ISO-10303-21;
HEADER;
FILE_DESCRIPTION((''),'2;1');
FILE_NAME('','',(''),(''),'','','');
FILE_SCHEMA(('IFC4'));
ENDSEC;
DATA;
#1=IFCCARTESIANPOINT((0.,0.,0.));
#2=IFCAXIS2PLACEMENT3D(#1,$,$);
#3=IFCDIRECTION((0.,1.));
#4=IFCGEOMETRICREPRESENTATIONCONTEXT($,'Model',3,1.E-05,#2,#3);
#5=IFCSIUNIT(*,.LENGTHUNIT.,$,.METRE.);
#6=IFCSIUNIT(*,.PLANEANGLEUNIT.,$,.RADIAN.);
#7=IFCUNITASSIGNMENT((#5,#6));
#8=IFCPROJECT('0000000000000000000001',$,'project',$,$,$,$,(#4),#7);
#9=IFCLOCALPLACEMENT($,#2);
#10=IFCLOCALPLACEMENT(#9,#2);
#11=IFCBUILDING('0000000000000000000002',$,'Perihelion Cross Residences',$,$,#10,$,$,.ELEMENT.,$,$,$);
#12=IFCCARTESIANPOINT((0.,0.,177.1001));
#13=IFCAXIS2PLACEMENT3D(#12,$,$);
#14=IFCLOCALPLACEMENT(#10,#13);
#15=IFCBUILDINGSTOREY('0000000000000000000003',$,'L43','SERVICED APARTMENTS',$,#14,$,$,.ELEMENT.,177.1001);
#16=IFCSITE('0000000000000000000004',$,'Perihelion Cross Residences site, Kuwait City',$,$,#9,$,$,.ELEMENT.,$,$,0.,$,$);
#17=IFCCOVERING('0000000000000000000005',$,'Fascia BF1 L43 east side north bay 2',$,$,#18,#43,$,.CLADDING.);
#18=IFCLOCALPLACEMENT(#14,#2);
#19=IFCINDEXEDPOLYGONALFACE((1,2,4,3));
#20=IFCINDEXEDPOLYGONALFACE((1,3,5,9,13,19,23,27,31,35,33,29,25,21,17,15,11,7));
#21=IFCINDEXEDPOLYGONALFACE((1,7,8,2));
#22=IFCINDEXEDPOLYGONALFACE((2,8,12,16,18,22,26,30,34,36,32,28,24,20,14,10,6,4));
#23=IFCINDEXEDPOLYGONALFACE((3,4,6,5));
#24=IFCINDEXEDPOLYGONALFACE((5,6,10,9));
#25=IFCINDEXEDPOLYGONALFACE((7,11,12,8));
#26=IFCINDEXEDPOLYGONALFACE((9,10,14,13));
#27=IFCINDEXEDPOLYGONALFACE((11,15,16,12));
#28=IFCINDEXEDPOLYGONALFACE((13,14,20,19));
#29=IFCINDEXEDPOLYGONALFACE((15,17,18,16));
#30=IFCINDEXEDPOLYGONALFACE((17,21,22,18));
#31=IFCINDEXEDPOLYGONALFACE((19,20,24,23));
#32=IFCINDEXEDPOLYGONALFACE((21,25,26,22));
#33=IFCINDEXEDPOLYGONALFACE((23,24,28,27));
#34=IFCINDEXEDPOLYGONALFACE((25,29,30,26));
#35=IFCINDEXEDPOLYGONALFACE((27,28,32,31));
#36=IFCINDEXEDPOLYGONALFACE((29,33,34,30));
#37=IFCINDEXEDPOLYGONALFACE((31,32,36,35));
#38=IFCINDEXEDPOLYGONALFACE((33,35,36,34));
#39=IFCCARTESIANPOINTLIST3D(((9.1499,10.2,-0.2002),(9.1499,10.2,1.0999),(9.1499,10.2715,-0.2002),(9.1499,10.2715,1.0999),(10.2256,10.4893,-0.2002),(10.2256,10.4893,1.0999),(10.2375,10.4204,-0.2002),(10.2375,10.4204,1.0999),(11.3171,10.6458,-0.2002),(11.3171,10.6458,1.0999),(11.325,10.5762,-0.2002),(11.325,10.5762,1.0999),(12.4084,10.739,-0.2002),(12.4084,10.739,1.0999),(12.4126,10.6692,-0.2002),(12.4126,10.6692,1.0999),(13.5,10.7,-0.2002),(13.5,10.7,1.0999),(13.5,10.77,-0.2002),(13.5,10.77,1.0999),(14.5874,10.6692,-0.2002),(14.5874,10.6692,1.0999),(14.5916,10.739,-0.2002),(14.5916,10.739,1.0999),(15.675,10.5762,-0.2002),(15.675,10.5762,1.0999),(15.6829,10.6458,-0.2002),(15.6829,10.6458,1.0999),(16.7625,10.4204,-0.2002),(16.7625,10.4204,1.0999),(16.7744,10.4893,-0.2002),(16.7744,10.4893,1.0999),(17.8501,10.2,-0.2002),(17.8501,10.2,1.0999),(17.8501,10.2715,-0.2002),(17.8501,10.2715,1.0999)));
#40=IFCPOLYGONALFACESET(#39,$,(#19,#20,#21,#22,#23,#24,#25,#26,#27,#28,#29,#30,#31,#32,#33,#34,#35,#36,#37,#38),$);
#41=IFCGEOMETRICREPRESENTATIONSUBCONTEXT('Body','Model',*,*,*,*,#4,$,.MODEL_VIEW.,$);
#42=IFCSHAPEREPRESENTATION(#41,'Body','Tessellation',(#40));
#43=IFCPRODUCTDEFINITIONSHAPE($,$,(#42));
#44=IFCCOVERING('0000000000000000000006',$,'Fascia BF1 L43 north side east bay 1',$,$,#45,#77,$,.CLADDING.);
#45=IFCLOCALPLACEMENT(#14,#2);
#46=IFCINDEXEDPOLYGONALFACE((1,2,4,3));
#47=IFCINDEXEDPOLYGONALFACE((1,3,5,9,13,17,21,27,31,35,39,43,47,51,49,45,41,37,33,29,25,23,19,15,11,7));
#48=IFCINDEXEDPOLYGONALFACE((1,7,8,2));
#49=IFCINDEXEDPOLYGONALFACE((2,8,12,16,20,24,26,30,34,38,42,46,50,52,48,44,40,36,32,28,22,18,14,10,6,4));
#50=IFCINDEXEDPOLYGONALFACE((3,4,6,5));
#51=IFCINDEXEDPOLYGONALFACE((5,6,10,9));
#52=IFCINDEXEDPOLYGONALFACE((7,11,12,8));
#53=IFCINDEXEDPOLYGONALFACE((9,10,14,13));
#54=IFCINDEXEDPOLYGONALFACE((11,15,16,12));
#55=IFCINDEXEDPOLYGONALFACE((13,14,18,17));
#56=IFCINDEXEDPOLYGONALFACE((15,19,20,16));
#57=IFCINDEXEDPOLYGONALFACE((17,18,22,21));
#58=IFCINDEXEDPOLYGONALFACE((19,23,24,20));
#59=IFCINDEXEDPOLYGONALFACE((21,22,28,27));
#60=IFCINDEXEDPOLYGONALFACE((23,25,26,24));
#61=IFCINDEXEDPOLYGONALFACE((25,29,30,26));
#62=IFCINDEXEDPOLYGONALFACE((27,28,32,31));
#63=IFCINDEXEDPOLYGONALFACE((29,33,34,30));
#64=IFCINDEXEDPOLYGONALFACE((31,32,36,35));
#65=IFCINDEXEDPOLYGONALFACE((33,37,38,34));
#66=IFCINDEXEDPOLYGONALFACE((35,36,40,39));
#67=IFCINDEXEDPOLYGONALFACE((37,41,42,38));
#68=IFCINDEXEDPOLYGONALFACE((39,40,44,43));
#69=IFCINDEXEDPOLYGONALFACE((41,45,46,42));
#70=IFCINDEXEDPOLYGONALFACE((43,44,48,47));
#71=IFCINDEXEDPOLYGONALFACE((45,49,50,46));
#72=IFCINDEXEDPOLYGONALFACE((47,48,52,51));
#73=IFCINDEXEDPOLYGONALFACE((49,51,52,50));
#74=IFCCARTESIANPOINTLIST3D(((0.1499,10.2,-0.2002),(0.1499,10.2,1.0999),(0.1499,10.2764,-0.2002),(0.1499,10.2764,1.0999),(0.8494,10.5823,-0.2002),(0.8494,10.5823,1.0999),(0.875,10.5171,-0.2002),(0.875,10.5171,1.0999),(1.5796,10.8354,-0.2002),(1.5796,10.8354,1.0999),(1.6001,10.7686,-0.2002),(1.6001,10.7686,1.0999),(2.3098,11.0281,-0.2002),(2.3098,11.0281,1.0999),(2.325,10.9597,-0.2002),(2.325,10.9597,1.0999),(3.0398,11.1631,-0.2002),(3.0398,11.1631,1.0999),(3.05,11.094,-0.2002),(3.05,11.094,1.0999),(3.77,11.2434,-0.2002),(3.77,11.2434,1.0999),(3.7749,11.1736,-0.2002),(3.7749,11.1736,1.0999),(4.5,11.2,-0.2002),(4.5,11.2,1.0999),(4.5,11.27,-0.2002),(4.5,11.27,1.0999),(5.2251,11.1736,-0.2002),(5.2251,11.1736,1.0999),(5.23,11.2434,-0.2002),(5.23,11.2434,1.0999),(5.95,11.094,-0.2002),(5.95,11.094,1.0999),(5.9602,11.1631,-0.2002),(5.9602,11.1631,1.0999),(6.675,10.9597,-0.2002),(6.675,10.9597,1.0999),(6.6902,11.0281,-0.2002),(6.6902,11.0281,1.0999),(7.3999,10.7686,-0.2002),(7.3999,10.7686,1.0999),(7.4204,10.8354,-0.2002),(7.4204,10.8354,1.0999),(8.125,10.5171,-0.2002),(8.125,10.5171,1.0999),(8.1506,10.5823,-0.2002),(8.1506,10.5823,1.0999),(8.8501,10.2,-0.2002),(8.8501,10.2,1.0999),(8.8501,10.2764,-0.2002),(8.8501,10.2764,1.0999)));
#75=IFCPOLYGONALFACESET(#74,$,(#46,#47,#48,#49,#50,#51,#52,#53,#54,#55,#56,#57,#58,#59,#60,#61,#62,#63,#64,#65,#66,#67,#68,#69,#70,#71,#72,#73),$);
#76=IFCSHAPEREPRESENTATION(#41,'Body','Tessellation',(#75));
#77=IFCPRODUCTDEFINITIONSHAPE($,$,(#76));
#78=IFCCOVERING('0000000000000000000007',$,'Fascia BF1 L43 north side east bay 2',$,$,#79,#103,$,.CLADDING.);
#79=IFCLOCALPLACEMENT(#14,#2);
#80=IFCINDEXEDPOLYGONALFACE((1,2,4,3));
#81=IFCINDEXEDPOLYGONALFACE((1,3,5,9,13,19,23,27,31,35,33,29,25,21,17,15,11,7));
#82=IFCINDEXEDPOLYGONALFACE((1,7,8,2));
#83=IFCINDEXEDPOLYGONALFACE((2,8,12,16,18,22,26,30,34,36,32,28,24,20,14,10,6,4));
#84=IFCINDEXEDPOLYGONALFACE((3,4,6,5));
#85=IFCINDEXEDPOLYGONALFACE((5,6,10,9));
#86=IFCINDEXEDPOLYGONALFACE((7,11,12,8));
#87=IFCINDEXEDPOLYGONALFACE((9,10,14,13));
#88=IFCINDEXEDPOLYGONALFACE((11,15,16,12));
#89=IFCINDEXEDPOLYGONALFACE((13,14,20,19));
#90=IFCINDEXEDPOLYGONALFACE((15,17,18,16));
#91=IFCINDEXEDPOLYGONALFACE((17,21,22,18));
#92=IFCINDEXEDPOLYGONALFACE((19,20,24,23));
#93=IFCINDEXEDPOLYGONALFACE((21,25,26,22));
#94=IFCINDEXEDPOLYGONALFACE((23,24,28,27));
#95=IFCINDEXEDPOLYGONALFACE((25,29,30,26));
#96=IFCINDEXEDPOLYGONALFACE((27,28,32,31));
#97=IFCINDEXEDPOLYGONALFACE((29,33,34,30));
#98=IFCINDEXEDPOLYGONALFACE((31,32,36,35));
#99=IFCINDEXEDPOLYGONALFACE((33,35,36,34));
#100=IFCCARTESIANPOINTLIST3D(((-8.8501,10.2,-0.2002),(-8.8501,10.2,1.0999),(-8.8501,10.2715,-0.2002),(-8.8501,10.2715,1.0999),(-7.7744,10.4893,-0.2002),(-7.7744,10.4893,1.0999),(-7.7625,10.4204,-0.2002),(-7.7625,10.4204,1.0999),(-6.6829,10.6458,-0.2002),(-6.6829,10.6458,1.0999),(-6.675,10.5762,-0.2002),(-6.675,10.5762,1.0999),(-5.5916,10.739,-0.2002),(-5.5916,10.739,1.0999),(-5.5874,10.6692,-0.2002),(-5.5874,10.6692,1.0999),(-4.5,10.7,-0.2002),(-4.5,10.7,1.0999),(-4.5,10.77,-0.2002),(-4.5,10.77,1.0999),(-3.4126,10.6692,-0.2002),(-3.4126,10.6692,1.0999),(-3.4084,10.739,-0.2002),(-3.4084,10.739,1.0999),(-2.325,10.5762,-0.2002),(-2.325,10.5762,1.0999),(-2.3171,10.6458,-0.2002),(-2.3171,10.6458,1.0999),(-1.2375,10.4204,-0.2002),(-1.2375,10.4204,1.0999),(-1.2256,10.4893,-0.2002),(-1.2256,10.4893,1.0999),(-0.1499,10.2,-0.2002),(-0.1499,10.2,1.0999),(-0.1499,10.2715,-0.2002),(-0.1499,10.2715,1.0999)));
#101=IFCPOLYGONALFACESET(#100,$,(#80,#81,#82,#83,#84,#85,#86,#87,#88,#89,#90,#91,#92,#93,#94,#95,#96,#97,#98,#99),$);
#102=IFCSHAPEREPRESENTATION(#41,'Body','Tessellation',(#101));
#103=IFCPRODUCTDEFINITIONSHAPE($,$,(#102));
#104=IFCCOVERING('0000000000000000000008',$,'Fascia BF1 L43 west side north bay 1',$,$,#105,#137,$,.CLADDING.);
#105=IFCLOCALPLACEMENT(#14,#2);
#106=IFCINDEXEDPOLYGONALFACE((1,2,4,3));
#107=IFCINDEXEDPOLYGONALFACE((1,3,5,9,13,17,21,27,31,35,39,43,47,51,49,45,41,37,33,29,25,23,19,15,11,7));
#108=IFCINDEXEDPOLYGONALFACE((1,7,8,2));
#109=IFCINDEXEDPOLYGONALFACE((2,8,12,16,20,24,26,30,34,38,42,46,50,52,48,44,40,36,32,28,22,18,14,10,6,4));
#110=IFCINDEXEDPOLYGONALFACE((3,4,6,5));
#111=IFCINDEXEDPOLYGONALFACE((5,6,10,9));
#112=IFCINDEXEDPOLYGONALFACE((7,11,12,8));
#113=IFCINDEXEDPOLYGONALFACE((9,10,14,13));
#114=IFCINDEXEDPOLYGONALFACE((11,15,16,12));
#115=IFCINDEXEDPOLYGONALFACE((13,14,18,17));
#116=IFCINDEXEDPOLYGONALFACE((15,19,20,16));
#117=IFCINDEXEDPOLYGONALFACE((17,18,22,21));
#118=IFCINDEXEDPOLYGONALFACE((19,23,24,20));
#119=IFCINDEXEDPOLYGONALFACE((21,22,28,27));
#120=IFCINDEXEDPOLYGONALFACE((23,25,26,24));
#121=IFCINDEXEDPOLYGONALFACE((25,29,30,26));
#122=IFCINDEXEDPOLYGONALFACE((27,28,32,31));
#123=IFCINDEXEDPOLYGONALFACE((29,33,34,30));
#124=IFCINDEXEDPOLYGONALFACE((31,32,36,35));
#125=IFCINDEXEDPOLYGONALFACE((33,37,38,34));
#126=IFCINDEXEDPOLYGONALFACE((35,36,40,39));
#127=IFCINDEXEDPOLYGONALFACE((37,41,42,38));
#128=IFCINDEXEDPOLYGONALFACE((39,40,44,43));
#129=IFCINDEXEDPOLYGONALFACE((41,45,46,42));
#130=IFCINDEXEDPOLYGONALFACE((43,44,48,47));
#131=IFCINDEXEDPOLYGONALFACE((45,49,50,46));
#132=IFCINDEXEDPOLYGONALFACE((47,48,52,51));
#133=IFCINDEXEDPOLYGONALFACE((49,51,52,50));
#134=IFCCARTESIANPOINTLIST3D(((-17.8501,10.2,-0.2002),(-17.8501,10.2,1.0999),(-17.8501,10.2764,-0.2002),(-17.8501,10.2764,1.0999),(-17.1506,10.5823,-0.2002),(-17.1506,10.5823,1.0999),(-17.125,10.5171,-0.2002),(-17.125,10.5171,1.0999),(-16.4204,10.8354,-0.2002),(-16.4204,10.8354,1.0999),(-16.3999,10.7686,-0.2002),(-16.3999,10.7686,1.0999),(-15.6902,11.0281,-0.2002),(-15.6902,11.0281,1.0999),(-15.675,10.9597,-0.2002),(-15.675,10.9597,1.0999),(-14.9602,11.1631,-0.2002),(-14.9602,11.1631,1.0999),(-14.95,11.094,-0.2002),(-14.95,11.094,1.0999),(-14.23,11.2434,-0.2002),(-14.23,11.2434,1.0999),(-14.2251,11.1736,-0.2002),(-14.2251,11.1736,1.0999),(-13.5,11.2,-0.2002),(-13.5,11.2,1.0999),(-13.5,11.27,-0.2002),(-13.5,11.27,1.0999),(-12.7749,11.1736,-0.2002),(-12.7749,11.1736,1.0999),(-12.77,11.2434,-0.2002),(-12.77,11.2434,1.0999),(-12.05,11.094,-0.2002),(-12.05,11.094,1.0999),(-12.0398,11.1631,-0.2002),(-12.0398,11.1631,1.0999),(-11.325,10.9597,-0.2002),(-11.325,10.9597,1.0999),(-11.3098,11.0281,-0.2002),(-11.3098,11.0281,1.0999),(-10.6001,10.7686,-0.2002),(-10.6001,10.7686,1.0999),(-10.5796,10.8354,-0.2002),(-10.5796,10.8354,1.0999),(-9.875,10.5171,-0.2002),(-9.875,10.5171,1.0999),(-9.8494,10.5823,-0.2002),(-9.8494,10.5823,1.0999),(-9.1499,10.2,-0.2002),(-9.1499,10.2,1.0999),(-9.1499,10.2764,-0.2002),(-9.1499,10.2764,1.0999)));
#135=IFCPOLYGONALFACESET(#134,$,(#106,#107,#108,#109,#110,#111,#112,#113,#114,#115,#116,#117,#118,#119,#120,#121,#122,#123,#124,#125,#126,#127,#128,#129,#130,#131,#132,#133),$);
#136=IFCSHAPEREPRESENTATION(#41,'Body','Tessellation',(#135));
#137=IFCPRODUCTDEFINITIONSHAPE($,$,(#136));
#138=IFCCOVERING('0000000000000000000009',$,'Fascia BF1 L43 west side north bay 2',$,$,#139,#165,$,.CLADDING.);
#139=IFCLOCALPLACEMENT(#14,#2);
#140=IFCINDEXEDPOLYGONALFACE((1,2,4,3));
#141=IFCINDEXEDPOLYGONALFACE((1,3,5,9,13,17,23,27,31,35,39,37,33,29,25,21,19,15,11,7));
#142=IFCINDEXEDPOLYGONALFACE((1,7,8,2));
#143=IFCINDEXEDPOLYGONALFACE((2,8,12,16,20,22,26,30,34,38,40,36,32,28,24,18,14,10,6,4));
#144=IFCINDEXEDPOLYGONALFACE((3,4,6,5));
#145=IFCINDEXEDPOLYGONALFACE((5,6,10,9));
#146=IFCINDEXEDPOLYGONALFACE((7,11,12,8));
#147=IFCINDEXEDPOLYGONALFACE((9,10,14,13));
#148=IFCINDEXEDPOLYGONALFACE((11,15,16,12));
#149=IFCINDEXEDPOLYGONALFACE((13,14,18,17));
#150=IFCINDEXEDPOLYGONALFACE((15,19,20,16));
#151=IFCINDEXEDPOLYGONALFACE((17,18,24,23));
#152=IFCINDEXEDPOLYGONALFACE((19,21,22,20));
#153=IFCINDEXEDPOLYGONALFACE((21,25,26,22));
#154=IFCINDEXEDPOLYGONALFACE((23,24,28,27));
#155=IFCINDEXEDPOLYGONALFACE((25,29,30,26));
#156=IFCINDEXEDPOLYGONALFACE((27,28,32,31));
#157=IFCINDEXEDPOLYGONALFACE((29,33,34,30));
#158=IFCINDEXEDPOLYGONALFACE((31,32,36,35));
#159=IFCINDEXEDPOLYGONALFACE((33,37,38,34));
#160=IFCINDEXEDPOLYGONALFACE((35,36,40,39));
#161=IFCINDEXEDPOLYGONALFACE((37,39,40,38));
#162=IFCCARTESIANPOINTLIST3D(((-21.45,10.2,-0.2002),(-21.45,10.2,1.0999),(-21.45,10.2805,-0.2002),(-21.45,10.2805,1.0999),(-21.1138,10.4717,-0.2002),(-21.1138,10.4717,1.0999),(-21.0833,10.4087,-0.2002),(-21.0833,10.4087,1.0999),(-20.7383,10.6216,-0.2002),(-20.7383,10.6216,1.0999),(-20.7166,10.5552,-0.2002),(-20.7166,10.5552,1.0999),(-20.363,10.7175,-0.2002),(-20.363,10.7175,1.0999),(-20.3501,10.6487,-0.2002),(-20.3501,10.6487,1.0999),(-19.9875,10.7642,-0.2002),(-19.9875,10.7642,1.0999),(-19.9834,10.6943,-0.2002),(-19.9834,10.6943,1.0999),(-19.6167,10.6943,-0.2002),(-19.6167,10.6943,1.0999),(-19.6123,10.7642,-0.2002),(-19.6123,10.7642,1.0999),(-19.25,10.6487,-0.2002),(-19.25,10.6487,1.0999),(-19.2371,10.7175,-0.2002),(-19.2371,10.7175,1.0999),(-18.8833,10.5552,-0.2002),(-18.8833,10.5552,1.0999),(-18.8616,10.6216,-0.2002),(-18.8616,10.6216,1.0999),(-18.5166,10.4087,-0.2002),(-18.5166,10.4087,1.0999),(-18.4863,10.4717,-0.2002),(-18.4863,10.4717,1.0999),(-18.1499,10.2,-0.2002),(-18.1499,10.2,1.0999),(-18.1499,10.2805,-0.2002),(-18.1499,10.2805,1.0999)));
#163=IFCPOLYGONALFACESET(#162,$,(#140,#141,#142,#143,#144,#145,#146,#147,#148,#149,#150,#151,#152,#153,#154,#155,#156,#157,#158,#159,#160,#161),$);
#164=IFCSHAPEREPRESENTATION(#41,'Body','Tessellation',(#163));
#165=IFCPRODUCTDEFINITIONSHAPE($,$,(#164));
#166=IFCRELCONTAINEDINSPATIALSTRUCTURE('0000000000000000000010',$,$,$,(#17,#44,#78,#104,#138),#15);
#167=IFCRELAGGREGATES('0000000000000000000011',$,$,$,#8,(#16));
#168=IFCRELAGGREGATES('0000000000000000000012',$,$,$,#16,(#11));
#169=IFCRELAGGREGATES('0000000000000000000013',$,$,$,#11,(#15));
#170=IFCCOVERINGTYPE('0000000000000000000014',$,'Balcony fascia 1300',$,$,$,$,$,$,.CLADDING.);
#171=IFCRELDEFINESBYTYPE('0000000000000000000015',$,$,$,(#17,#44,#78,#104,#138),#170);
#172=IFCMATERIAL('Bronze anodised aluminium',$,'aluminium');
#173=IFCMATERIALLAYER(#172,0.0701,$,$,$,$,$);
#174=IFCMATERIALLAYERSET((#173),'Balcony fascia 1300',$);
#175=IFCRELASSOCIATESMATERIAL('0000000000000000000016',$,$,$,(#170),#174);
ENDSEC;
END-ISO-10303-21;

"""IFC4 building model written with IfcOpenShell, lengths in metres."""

from ifc_helpers import new_model, si_unit, direction, frame, origin, place, context, subcontext, project, spatial, polyline, outline, extrude, material, layer, layer_set, type_object, element, save


model = new_model("IFC4")

# Units and contexts
model_context = context("Model", 3, precision=1e-05, world=origin(), true_north=direction((0.0, 1.0)))
body_context = subcontext(model_context, "Body", "Model", "MODEL_VIEW")
ifc_project = project(units=[si_unit("LENGTHUNIT", "METRE"), si_unit("PLANEANGLEUNIT", "RADIAN")], contexts=[model_context])

# Site, building, storey
site_placement = place(None, origin())
site = spatial("IfcSite", under=ifc_project, at=site_placement, Name="Perihelion Cross Residences site, Kuwait City", CompositionType="ELEMENT", RefElevation=0.0)
building_placement = place(site_placement, origin())
building = spatial("IfcBuilding", under=site, at=building_placement, Name="Perihelion Cross Residences", CompositionType="ELEMENT")
storey_placement = place(building_placement, frame((0.0, 0.0, 177.1001)))
storey = spatial("IfcBuildingStorey", under=building, at=storey_placement, Name="L43", Description="SERVICED APARTMENTS", CompositionType="ELEMENT", Elevation=177.1001)

# Coverings
ifc_material_1 = material(Name="Bronze anodised aluminium", Category="aluminium")
ifc_layer_1 = layer(ifc_material_1, 0.0701)
ifc_layer_set_1 = layer_set([ifc_layer_1], Name="Balcony fascia 1300")
covering_type = type_object("IfcCoveringType", Name="Balcony fascia 1300", PredefinedType="CLADDING", material=ifc_layer_set_1)
covering_1_placement = place(storey_placement, frame((0.0, 0.0, -0.2002)))
element("IfcCovering", 1, at=covering_1_placement, inside=storey, type_object=covering_type, Name="Fascia BF1 L43 east side north bay 2", PredefinedType="CLADDING", context=body_context, shape_type="SweptSolid", body=[
    extrude(outline(polyline([(16.7744, 10.4893), (15.6829, 10.6458), (14.5916, 10.739), (13.5, 10.77), (12.4084, 10.739), (11.3171, 10.6458), (10.2256, 10.4893), (9.1499, 10.2715), (9.1499, 10.2), (10.2375, 10.4204), (11.325, 10.5762), (12.4126, 10.6692), (13.5, 10.7), (14.5874, 10.6692), (15.675, 10.5762), (16.7625, 10.4204), (17.8501, 10.2), (17.8501, 10.2715), (16.7744, 10.4893)])), origin(), (0.0, 0.0, 1.0), 1.3),
])
covering_2_placement = place(storey_placement, frame((0.0, 0.0, -0.2002)))
element("IfcCovering", 2, at=covering_2_placement, inside=storey, type_object=covering_type, Name="Fascia BF1 L43 north side east bay 1", PredefinedType="CLADDING", context=body_context, shape_type="SweptSolid", body=[
    extrude(outline(polyline([(8.1506, 10.5823), (7.4204, 10.8354), (6.6902, 11.0281), (5.9602, 11.1631), (5.23, 11.2434), (4.5, 11.27), (3.77, 11.2434), (3.0398, 11.1631), (2.3098, 11.0281), (1.5796, 10.8354), (0.8494, 10.5823), (0.1499, 10.2764), (0.1499, 10.2), (0.875, 10.5171), (1.6001, 10.7686), (2.325, 10.9597), (3.05, 11.094), (3.7749, 11.1736), (4.5, 11.2), (5.2251, 11.1736), (5.95, 11.094), (6.675, 10.9597), (7.3999, 10.7686), (8.125, 10.5171), (8.8501, 10.2), (8.8501, 10.2764), (8.1506, 10.5823)])), origin(), (0.0, 0.0, 1.0), 1.3),
])
covering_3_placement = place(storey_placement, frame((0.0, 0.0, -0.2002)))
element("IfcCovering", 3, at=covering_3_placement, inside=storey, type_object=covering_type, Name="Fascia BF1 L43 north side east bay 2", PredefinedType="CLADDING", context=body_context, shape_type="SweptSolid", body=[
    extrude(outline(polyline([(-1.2256, 10.4893), (-2.3171, 10.6458), (-3.4084, 10.739), (-4.5, 10.77), (-5.5916, 10.739), (-6.6829, 10.6458), (-7.7744, 10.4893), (-8.8501, 10.2715), (-8.8501, 10.2), (-7.7625, 10.4204), (-6.675, 10.5762), (-5.5874, 10.6692), (-4.5, 10.7), (-3.4126, 10.6692), (-2.325, 10.5762), (-1.2375, 10.4204), (-0.1499, 10.2), (-0.1499, 10.2715), (-1.2256, 10.4893)])), origin(), (0.0, 0.0, 1.0), 1.3),
])
covering_4_placement = place(storey_placement, frame((0.0, 0.0, -0.2002)))
element("IfcCovering", 4, at=covering_4_placement, inside=storey, type_object=covering_type, Name="Fascia BF1 L43 west side north bay 1", PredefinedType="CLADDING", context=body_context, shape_type="SweptSolid", body=[
    extrude(outline(polyline([(-9.8494, 10.5823), (-10.5796, 10.8354), (-11.3098, 11.0281), (-12.0398, 11.1631), (-12.77, 11.2434), (-13.5, 11.27), (-14.23, 11.2434), (-14.9602, 11.1631), (-15.6902, 11.0281), (-16.4204, 10.8354), (-17.1506, 10.5823), (-17.8501, 10.2764), (-17.8501, 10.2), (-17.125, 10.5171), (-16.3999, 10.7686), (-15.675, 10.9597), (-14.95, 11.094), (-14.2251, 11.1736), (-13.5, 11.2), (-12.7749, 11.1736), (-12.05, 11.094), (-11.325, 10.9597), (-10.6001, 10.7686), (-9.875, 10.5171), (-9.1499, 10.2), (-9.1499, 10.2764), (-9.8494, 10.5823)])), origin(), (0.0, 0.0, 1.0), 1.3),
])
covering_5_placement = place(storey_placement, frame((0.0, 0.0, -0.2002)))
element("IfcCovering", 5, at=covering_5_placement, inside=storey, type_object=covering_type, Name="Fascia BF1 L43 west side north bay 2", PredefinedType="CLADDING", context=body_context, shape_type="SweptSolid", body=[
    extrude(outline(polyline([(-18.4863, 10.4717), (-18.8616, 10.6216), (-19.2371, 10.7175), (-19.6123, 10.7642), (-19.9875, 10.7642), (-20.363, 10.7175), (-20.7383, 10.6216), (-21.1138, 10.4717), (-21.45, 10.2805), (-21.45, 10.2), (-21.0833, 10.4087), (-20.7166, 10.5552), (-20.3501, 10.6487), (-19.9834, 10.6943), (-19.6167, 10.6943), (-19.25, 10.6487), (-18.8833, 10.5552), (-18.5166, 10.4087), (-18.1499, 10.2), (-18.1499, 10.2805), (-18.4863, 10.4717)])), origin(), (0.0, 0.0, 1.0), 1.3),
])

save(model, "model.ifc")
